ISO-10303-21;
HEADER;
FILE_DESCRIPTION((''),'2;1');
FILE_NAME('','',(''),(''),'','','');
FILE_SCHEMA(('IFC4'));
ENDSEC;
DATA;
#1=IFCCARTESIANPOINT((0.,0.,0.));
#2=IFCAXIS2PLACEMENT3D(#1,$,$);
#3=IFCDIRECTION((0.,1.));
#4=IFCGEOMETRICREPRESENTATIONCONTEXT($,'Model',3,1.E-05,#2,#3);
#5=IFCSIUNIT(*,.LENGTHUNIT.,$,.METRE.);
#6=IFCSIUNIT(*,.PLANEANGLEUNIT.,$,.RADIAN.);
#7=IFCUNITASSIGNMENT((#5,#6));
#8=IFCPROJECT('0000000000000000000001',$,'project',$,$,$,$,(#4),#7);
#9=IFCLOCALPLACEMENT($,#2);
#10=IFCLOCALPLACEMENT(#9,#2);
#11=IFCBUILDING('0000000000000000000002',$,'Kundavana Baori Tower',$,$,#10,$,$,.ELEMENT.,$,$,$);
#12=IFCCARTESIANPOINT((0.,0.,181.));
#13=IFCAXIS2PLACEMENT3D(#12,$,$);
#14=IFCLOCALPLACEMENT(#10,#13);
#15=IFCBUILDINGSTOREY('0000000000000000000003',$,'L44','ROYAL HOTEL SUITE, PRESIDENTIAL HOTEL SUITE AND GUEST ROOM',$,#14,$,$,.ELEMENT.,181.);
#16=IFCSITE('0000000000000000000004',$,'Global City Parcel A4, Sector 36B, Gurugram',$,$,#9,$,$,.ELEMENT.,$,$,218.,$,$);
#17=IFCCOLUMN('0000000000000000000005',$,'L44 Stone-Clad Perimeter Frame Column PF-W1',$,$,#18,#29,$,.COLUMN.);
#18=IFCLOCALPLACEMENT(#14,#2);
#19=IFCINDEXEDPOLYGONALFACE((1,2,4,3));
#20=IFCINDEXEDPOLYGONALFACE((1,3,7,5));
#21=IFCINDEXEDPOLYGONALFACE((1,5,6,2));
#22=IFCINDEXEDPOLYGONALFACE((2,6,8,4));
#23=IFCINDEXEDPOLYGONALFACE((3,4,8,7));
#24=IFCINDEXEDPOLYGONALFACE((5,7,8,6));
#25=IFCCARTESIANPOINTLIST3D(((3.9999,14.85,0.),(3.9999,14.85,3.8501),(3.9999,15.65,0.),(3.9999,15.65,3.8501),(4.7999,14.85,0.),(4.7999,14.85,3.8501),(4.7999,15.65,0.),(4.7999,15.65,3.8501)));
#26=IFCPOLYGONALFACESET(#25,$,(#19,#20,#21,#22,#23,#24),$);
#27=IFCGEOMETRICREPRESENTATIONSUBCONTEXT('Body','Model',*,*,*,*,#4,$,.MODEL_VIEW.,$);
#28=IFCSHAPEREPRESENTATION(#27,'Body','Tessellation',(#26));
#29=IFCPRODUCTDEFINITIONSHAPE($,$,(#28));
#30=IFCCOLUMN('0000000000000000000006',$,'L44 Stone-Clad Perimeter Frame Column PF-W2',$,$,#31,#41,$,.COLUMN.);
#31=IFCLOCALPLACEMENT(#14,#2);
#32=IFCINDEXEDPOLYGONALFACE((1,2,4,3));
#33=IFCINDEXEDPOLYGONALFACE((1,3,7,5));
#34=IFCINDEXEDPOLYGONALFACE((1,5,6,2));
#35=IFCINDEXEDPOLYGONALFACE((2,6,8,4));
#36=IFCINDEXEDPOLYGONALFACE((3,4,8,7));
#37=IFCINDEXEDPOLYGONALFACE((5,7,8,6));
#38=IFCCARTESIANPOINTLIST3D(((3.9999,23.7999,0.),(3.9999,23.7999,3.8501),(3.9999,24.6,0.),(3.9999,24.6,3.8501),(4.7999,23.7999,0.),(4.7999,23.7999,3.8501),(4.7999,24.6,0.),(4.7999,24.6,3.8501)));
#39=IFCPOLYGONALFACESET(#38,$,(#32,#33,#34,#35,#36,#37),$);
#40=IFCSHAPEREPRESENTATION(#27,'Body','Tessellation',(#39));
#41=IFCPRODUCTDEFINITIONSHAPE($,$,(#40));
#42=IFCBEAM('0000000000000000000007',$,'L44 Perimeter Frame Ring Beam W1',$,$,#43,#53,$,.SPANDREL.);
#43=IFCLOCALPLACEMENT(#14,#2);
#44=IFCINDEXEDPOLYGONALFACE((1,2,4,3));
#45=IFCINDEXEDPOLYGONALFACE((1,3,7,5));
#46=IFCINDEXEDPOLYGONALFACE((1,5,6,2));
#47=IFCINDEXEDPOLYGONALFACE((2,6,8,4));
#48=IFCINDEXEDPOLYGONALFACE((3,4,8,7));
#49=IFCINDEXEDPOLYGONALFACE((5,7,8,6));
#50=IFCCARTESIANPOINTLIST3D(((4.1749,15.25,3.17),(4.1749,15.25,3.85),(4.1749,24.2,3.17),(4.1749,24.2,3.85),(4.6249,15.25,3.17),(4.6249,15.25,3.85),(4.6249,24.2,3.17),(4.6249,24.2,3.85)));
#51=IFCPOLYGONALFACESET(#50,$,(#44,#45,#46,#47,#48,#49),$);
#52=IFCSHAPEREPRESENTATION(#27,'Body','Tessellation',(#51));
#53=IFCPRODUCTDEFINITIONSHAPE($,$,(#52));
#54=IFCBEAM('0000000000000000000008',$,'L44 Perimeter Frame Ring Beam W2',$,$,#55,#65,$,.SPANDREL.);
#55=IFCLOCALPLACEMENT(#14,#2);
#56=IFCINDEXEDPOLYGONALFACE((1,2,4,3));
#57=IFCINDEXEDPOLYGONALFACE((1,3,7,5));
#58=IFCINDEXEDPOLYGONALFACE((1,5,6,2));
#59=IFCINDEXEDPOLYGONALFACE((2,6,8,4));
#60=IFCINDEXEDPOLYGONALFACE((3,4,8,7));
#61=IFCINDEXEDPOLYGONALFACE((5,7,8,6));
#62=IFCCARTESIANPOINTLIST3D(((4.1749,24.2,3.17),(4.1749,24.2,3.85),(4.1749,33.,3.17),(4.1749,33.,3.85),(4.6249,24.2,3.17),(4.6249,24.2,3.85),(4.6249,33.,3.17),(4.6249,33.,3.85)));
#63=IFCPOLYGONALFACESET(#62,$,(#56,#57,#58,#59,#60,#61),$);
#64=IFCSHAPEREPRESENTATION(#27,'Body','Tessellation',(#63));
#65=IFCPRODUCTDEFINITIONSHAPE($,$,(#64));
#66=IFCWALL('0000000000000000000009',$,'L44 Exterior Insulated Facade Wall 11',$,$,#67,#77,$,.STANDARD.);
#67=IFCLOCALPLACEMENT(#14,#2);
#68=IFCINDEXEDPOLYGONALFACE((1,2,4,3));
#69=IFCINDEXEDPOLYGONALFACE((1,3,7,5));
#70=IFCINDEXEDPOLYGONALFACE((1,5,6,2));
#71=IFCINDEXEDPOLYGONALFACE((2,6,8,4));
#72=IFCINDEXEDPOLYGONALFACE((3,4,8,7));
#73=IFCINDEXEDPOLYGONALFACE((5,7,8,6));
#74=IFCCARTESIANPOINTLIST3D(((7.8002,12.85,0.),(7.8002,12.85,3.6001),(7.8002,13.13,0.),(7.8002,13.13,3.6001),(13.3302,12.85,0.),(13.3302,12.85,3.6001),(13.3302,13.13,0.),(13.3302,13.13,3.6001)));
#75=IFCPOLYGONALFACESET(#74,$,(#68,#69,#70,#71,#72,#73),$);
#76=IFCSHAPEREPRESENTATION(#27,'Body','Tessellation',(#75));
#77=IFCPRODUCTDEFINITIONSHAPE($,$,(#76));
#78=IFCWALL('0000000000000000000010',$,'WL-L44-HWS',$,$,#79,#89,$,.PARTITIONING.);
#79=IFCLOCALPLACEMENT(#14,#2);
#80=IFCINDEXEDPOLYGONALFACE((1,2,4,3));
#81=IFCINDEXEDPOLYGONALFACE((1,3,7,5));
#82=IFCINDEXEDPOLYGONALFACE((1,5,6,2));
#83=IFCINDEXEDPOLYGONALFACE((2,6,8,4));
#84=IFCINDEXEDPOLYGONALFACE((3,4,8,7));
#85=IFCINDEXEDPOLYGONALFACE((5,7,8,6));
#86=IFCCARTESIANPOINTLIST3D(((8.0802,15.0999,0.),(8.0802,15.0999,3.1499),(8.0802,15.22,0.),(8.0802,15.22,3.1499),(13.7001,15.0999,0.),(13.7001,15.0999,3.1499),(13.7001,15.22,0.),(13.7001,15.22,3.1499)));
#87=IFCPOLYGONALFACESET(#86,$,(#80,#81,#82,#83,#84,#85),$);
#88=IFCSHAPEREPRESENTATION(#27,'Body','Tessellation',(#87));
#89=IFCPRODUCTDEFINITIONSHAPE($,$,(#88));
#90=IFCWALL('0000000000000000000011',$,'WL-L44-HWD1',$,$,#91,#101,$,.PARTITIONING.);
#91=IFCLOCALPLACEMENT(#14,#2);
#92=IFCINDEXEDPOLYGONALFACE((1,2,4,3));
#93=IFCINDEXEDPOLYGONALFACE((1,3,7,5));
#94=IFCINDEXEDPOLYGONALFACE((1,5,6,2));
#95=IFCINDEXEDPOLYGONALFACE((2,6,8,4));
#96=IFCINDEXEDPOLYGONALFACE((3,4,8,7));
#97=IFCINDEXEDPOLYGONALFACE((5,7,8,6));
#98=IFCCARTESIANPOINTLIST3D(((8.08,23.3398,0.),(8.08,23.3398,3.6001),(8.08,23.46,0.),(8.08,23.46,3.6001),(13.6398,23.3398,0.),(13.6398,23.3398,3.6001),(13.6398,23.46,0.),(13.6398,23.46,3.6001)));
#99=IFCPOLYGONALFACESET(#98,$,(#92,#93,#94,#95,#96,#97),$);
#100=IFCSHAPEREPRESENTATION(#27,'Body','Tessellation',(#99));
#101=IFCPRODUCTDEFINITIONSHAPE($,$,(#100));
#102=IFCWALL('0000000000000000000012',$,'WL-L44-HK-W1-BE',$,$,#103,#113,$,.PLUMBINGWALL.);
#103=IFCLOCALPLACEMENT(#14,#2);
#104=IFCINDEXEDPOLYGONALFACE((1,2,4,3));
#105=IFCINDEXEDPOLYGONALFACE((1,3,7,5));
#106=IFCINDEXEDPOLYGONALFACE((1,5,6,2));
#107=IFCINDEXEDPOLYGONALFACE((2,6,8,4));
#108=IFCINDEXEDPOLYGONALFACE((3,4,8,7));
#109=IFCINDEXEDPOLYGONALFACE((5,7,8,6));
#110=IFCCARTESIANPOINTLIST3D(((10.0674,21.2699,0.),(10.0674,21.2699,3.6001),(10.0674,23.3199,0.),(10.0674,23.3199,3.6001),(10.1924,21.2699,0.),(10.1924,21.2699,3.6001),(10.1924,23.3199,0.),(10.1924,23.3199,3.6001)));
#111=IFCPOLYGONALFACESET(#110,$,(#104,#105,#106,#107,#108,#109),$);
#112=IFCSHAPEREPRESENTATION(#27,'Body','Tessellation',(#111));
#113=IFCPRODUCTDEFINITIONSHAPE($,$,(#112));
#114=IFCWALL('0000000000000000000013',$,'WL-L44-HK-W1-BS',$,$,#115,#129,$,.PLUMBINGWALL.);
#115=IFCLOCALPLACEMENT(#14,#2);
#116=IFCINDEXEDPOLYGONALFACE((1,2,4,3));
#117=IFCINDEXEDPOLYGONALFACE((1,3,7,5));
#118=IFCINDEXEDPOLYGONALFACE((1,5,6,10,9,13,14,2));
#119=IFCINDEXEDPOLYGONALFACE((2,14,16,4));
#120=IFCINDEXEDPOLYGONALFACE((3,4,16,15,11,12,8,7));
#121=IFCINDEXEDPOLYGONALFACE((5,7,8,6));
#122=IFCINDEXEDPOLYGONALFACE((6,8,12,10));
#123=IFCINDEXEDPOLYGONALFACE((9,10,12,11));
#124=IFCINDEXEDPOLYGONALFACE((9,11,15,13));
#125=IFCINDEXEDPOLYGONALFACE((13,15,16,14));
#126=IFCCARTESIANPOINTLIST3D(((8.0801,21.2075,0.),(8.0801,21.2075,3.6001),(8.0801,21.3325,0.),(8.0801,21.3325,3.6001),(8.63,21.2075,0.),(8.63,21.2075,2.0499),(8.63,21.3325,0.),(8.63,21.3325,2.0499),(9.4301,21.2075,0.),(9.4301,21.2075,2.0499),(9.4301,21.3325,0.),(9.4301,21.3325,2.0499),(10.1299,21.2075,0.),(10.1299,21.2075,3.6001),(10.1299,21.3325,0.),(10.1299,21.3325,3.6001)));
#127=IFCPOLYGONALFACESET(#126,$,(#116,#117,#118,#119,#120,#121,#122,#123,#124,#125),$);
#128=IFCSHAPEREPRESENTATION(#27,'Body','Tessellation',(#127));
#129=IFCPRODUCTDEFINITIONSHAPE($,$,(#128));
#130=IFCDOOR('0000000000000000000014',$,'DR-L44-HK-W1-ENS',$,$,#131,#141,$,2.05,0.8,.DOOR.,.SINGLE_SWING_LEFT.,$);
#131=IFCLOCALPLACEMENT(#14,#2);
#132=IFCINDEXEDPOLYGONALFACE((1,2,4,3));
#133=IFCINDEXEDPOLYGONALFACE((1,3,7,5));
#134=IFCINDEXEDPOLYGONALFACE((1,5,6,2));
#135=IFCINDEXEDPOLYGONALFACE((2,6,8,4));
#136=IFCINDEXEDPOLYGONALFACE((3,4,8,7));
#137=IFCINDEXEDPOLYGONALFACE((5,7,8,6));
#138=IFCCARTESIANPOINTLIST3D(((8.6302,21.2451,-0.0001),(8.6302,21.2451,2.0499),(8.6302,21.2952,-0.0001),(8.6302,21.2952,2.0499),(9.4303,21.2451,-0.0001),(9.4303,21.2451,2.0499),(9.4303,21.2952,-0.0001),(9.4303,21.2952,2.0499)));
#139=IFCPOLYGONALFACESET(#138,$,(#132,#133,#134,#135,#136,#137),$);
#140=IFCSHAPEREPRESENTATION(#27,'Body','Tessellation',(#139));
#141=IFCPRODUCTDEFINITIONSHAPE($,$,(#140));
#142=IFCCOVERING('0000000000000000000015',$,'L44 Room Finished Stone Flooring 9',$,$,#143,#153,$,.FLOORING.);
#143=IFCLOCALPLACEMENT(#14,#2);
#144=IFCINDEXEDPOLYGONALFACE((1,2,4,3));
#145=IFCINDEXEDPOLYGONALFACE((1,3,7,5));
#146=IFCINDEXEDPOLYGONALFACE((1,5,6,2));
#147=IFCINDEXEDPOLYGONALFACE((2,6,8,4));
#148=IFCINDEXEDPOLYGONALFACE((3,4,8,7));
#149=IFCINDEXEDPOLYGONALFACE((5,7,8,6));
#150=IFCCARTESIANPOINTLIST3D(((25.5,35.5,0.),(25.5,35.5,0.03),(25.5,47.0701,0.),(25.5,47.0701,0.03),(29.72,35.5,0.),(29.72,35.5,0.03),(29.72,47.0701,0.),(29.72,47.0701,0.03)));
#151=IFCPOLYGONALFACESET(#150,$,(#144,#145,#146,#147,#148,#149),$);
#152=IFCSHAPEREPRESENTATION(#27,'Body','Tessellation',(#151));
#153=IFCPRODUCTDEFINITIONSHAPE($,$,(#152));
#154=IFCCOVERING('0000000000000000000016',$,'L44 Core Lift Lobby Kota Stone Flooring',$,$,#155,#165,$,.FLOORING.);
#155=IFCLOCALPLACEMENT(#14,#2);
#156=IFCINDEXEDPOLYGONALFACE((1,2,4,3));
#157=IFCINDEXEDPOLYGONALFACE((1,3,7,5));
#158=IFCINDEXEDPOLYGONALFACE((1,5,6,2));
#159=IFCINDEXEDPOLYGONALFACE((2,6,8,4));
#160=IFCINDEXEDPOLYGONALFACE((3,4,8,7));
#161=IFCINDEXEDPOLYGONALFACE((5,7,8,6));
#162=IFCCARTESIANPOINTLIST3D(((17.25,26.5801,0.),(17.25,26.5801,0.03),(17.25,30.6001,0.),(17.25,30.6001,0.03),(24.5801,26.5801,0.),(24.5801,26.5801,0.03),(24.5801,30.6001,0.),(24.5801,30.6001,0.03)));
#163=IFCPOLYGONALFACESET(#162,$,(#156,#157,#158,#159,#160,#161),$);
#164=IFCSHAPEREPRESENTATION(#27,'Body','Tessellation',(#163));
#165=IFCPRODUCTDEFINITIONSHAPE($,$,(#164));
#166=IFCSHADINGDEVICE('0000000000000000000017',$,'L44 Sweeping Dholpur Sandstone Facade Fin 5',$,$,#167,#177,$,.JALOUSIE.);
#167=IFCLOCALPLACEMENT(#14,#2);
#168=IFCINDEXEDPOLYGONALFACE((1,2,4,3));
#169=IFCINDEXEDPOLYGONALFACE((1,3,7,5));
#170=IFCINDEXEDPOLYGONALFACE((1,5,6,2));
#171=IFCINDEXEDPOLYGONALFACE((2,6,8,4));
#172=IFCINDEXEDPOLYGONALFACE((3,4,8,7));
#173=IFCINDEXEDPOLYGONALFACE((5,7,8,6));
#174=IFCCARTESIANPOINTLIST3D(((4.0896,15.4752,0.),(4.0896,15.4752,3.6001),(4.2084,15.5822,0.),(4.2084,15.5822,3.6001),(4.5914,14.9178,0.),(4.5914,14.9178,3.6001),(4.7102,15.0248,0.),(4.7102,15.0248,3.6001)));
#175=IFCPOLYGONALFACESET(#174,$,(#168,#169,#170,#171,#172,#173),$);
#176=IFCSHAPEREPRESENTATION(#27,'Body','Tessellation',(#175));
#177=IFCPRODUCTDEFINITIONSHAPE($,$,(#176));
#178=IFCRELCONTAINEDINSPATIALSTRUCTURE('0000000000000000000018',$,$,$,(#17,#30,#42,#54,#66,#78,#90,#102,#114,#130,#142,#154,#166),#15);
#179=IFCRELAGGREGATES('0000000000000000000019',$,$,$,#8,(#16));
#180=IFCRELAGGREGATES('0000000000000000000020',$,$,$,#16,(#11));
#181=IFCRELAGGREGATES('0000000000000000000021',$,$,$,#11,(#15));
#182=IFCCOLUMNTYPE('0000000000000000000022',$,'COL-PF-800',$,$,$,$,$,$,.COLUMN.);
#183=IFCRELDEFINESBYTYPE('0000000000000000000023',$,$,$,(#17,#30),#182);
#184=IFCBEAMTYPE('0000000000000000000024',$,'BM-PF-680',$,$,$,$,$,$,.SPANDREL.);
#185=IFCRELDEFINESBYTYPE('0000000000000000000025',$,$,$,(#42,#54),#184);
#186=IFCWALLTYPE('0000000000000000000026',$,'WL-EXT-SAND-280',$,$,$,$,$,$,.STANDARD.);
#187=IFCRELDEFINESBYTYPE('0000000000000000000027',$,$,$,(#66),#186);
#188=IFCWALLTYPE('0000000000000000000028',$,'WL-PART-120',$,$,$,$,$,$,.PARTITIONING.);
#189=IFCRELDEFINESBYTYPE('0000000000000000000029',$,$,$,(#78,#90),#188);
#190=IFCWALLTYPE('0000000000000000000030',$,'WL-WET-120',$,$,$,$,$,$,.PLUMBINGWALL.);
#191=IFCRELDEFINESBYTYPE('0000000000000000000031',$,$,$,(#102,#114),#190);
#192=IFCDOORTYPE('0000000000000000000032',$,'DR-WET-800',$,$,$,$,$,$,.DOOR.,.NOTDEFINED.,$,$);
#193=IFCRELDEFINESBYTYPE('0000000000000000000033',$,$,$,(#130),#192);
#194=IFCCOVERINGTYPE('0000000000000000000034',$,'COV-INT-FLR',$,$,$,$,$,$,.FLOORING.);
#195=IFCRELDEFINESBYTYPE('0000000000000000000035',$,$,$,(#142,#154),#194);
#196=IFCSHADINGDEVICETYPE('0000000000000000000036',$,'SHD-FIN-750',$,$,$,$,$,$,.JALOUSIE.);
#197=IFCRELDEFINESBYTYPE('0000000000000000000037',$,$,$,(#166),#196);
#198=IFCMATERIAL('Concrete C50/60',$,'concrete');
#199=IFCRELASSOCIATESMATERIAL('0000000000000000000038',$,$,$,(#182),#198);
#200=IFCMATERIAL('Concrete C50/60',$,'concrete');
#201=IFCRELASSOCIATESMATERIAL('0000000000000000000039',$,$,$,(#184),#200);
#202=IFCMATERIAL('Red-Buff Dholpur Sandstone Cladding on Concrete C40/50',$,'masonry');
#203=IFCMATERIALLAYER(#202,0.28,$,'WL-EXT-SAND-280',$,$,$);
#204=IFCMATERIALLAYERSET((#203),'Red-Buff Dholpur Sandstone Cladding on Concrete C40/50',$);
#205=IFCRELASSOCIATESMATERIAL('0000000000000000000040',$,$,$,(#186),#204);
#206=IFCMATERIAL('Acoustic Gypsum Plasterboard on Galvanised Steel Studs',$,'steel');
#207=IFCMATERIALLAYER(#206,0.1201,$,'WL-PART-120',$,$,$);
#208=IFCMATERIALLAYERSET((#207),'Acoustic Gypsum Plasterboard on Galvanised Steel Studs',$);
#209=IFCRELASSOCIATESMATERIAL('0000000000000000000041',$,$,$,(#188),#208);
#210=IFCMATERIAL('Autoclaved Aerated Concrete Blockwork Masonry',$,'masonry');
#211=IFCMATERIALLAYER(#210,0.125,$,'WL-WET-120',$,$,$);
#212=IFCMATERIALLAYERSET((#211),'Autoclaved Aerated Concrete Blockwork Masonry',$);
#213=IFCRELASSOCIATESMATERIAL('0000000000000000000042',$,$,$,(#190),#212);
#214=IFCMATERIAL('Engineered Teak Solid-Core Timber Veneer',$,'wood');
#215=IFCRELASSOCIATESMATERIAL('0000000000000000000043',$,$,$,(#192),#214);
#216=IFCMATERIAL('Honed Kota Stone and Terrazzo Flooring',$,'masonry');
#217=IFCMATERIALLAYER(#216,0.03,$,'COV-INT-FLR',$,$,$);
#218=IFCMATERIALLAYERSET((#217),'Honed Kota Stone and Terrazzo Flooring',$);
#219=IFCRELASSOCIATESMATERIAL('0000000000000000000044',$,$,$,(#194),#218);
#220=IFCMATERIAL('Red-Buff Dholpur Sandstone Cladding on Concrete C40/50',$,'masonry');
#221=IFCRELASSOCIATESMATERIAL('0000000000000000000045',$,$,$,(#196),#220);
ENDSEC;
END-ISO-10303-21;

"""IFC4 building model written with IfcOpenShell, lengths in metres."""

from ifc_helpers import new_model, si_unit, direction, frame, frame_2d, origin, origin_2d, place, context, subcontext, project, spatial, polyline, rectangle, outline, extrude, material, layer, layer_set, material_profile, profile_set, type_object, element, fill, save


model = new_model("IFC4")

# Units and contexts
model_context = context("Model", 3, precision=1e-05, world=origin(), true_north=direction((0.0, 1.0)))
body_context = subcontext(model_context, "Body", "Model", "MODEL_VIEW")
ifc_project = project(units=[si_unit("LENGTHUNIT", "METRE"), si_unit("PLANEANGLEUNIT", "RADIAN")], contexts=[model_context])

# Site, building, storey
site_placement = place(None, origin())
site = spatial("IfcSite", under=ifc_project, at=site_placement, Name="Global City Parcel A4, Sector 36B, Gurugram", CompositionType="ELEMENT", RefElevation=218.0)
building_placement = place(site_placement, origin())
building = spatial("IfcBuilding", under=site, at=building_placement, Name="Kundavana Baori Tower", CompositionType="ELEMENT")
storey_placement = place(building_placement, frame((0.0, 0.0, 181.0)))
storey = spatial("IfcBuildingStorey", under=building, at=storey_placement, Name="L44", Description="ROYAL HOTEL SUITE, PRESIDENTIAL HOTEL SUITE AND GUEST ROOM", CompositionType="ELEMENT", Elevation=181.0)

# Columns
ifc_material_1 = material(Name="Concrete C50/60", Category="concrete")
ifc_material_profile_1 = material_profile(ifc_material_1, rectangle(XDim=0.8, YDim=0.8, at=origin_2d()), Name="RC PF 800x800")
ifc_profile_set_1 = profile_set([ifc_material_profile_1], Name="Concrete C50/60")
column_type = type_object("IfcColumnType", Name="COL-PF-800", PredefinedType="COLUMN", material=ifc_profile_set_1)
for number, where, z_axis, x_axis, name in (
    (1, (4.3999, 15.25, 0.0), (0.0, 0.0, 1.0), (1.0, 0.0, 0.0), "L44 Stone-Clad Perimeter Frame Column PF-W1"),
    (2, (4.3999, 24.2, 0.0), (0.0, 0.0, 1.0), (1.0, 0.0, 0.0), "L44 Stone-Clad Perimeter Frame Column PF-W2"),
):
    element("IfcColumn", number, at=place(storey_placement, frame(where, z_axis=z_axis, x_axis=x_axis)), inside=storey, type_object=column_type, Name=name, PredefinedType="COLUMN", context=body_context, shape_type="SweptSolid", body=[
        extrude(rectangle(XDim=0.8, YDim=0.8, at=origin_2d()), origin(), (0.0, 0.0, 1.0), 3.8501),
    ])

# Beams
ifc_material_2 = material(Name="Concrete C50/60", Category="concrete")
ifc_material_profile_2 = material_profile(ifc_material_2, rectangle(XDim=0.45, YDim=0.6799, at=origin_2d()), Name="RC BM 450x680")
ifc_profile_set_2 = profile_set([ifc_material_profile_2], Name="Concrete C50/60")
beam_type = type_object("IfcBeamType", Name="BM-PF-680", PredefinedType="SPANDREL", material=ifc_profile_set_2)
beam_1_placement = place(storey_placement, frame((4.3999, 15.25, 3.51), z_axis=(0.0, 1.0, 0.0), x_axis=(-1.0, 0.0, 0.0)))
element("IfcBeam", 3, at=beam_1_placement, inside=storey, type_object=beam_type, Name="L44 Perimeter Frame Ring Beam W1", PredefinedType="SPANDREL", context=body_context, shape_type="SweptSolid", body=[
    extrude(rectangle(XDim=0.45, YDim=0.6799, at=origin_2d()), origin(), (0.0, 0.0, 1.0), 8.95),
])
beam_2_placement = place(storey_placement, frame((4.3999, 24.2, 3.51), z_axis=(0.0, 1.0, 0.0), x_axis=(-1.0, 0.0, 0.0)))
element("IfcBeam", 4, at=beam_2_placement, inside=storey, type_object=beam_type, Name="L44 Perimeter Frame Ring Beam W2", PredefinedType="SPANDREL", context=body_context, shape_type="SweptSolid", body=[
    extrude(rectangle(XDim=0.45, YDim=0.6799, at=origin_2d()), origin(), (0.0, 0.0, 1.0), 8.8),
])

# Shared definitions
ifc_material_3 = material(Name="Red-Buff Dholpur Sandstone Cladding on Concrete C40/50", Category="masonry")
ifc_layer_1 = layer(ifc_material_3, 0.28, Name="WL-EXT-SAND-280")
ifc_layer_set_1 = layer_set([ifc_layer_1], Name="Red-Buff Dholpur Sandstone Cladding on Concrete C40/50")
wall_type_1 = type_object("IfcWallType", Name="WL-EXT-SAND-280", PredefinedType="STANDARD", material=ifc_layer_set_1)

# Walls
wall_1_placement = place(storey_placement, frame((7.8, 12.99, 0.0), z_axis=(0.0, 0.0, 1.0), x_axis=(1.0, 0.0, 0.0)))
element("IfcWall", 5, at=wall_1_placement, inside=storey, type_object=wall_type_1, Name="L44 Exterior Insulated Facade Wall 11", PredefinedType="STANDARD", context=body_context, shape_type="SweptSolid", body=[
    extrude(rectangle(XDim=5.53, YDim=0.28, at=frame_2d((2.7651, 0.0))), origin(), (0.0, 0.0, 1.0), 3.6001),
])
ifc_material_4 = material(Name="Acoustic Gypsum Plasterboard on Galvanised Steel Studs", Category="steel")
ifc_layer_2 = layer(ifc_material_4, 0.1201, Name="WL-PART-120")
ifc_layer_set_2 = layer_set([ifc_layer_2], Name="Acoustic Gypsum Plasterboard on Galvanised Steel Studs")
wall_type_2 = type_object("IfcWallType", Name="WL-PART-120", PredefinedType="PARTITIONING", material=ifc_layer_set_2)
wall_2_placement = place(storey_placement, frame((8.0801, 15.1599, 0.0), z_axis=(0.0, 0.0, 1.0), x_axis=(1.0, 0.0, 0.0)))
element("IfcWall", 6, at=wall_2_placement, inside=storey, type_object=wall_type_2, Name="WL-L44-HWS", PredefinedType="PARTITIONING", context=body_context, shape_type="SweptSolid", body=[
    extrude(rectangle(XDim=5.6199, YDim=0.1201, at=frame_2d((2.8101, 0.0))), origin(), (0.0, 0.0, 1.0), 3.1499),
])
wall_3_placement = place(storey_placement, frame((8.0801, 23.3999, 0.0), z_axis=(0.0, 0.0, 1.0), x_axis=(1.0, 0.0, 0.0)))
element("IfcWall", 7, at=wall_3_placement, inside=storey, type_object=wall_type_2, Name="WL-L44-HWD1", PredefinedType="PARTITIONING", context=body_context, shape_type="SweptSolid", body=[
    extrude(rectangle(XDim=5.5598, YDim=0.1201, at=frame_2d((2.7798, 0.0))), origin(), (0.0, 0.0, 1.0), 3.6001),
])
ifc_material_5 = material(Name="Autoclaved Aerated Concrete Blockwork Masonry", Category="masonry")
ifc_layer_3 = layer(ifc_material_5, 0.125, Name="WL-WET-120")
ifc_layer_set_3 = layer_set([ifc_layer_3], Name="Autoclaved Aerated Concrete Blockwork Masonry")
wall_type_3 = type_object("IfcWallType", Name="WL-WET-120", PredefinedType="PLUMBINGWALL", material=ifc_layer_set_3)
wall_4_placement = place(storey_placement, frame((10.1299, 21.27, 0.0), z_axis=(0.0, 0.0, 1.0), x_axis=(0.0, 1.0, 0.0)))
element("IfcWall", 8, at=wall_4_placement, inside=storey, type_object=wall_type_3, Name="WL-L44-HK-W1-BE", PredefinedType="PLUMBINGWALL", context=body_context, shape_type="SweptSolid", body=[
    extrude(rectangle(XDim=2.05, YDim=0.125, at=frame_2d((1.0249, 0.0))), origin(), (0.0, 0.0, 1.0), 3.6001),
])

# Wall, opening, door
wall_5_placement = place(storey_placement, frame((8.0801, 21.27, 0.0), z_axis=(0.0, 0.0, 1.0), x_axis=(1.0, 0.0, 0.0)))
wall_5 = element("IfcWall", 9, at=wall_5_placement, inside=storey, type_object=wall_type_3, Name="WL-L44-HK-W1-BS", PredefinedType="PLUMBINGWALL", context=body_context, shape_type="SweptSolid", body=[
    extrude(rectangle(XDim=2.0498, YDim=0.125, at=frame_2d((1.0249, 0.0))), origin(), (0.0, 0.0, 1.0), 3.6001),
])
opening_1_placement = place(wall_5_placement, frame((0.55, 0.0, 0.0)))
opening_1 = element("IfcOpeningElement", 10, at=opening_1_placement, cuts=wall_5, PredefinedType="OPENING", context=body_context, shape_type="SweptSolid", body=[
    extrude(rectangle(XDim=0.8, YDim=2.05, at=frame_2d((0.3999, 1.0249))), frame((0.0, 0.0725, 0.0), z_axis=(0.0, -1.0, 0.0), x_axis=(1.0, 0.0, 0.0)), (0.0, 0.0, 1.0), 0.145),
])
ifc_material_6 = material(Name="Engineered Teak Solid-Core Timber Veneer", Category="wood")
door_type_1 = type_object("IfcDoorType", Name="DR-WET-800", OperationType="NOTDEFINED", PredefinedType="DOOR", material=ifc_material_6)
door_1_placement = place(opening_1_placement, frame((0.8, 0.0, 0.0), z_axis=(0.0, 0.0, 1.0), x_axis=(-1.0, 0.0, 0.0)))
door_1 = element("IfcDoor", 11, at=door_1_placement, inside=storey, type_object=door_type_1, Name="DR-L44-HK-W1-ENS", OperationType="SINGLE_SWING_LEFT", OverallHeight=2.05, OverallWidth=0.8, PredefinedType="DOOR", context=body_context, shape_type="SweptSolid", body=[
    extrude(rectangle(XDim=0.8, YDim=2.05, at=frame_2d((0.3999, 1.0249))), frame((0.0, 0.0249, 0.0), z_axis=(0.0, -1.0, 0.0), x_axis=(1.0, 0.0, 0.0)), (0.0, 0.0, 1.0), 0.05),
])
fill(opening_1, door_1)

# Coverings
ifc_material_7 = material(Name="Honed Kota Stone and Terrazzo Flooring", Category="masonry")
ifc_layer_4 = layer(ifc_material_7, 0.03, Name="COV-INT-FLR")
ifc_layer_set_4 = layer_set([ifc_layer_4], Name="Honed Kota Stone and Terrazzo Flooring")
covering_type = type_object("IfcCoveringType", Name="COV-INT-FLR", PredefinedType="FLOORING", material=ifc_layer_set_4)
covering_1_placement = place(storey_placement, origin())
element("IfcCovering", 12, at=covering_1_placement, inside=storey, type_object=covering_type, Name="L44 Room Finished Stone Flooring 9", PredefinedType="FLOORING", context=body_context, shape_type="SweptSolid", body=[
    extrude(outline(polyline([(25.5, 35.5), (29.72, 35.5), (29.72, 47.0701), (25.5, 47.0701), (25.5, 35.5)])), origin(), (0.0, 0.0, 1.0), 0.03),
])
covering_2_placement = place(storey_placement, origin())
element("IfcCovering", 13, at=covering_2_placement, inside=storey, type_object=covering_type, Name="L44 Core Lift Lobby Kota Stone Flooring", PredefinedType="FLOORING", context=body_context, shape_type="SweptSolid", body=[
    extrude(outline(polyline([(17.25, 26.5801), (24.5801, 26.5801), (24.5801, 30.6001), (17.25, 30.6001), (17.25, 26.5801)])), origin(), (0.0, 0.0, 1.0), 0.03),
])

# Shading device
ifc_material_8 = material(Name="Red-Buff Dholpur Sandstone Cladding on Concrete C40/50", Category="masonry")
shading_device_type_1 = type_object("IfcShadingDeviceType", Name="SHD-FIN-750", PredefinedType="JALOUSIE", material=ifc_material_8)
shading_device_1_placement = place(storey_placement, frame((4.3999, 15.25, 0.0), z_axis=(0.0, 0.0, 1.0), x_axis=(0.743145, 0.669131, 0.0)))
element("IfcShadingDevice", 14, at=shading_device_1_placement, inside=storey, type_object=shading_device_type_1, Name="L44 Sweeping Dholpur Sandstone Facade Fin 5", PredefinedType="JALOUSIE", context=body_context, shape_type="SweptSolid", body=[
    extrude(rectangle(XDim=0.1599, YDim=0.75, at=origin_2d()), origin(), (0.0, 0.0, 1.0), 3.6001),
])

save(model, "model.ifc")
